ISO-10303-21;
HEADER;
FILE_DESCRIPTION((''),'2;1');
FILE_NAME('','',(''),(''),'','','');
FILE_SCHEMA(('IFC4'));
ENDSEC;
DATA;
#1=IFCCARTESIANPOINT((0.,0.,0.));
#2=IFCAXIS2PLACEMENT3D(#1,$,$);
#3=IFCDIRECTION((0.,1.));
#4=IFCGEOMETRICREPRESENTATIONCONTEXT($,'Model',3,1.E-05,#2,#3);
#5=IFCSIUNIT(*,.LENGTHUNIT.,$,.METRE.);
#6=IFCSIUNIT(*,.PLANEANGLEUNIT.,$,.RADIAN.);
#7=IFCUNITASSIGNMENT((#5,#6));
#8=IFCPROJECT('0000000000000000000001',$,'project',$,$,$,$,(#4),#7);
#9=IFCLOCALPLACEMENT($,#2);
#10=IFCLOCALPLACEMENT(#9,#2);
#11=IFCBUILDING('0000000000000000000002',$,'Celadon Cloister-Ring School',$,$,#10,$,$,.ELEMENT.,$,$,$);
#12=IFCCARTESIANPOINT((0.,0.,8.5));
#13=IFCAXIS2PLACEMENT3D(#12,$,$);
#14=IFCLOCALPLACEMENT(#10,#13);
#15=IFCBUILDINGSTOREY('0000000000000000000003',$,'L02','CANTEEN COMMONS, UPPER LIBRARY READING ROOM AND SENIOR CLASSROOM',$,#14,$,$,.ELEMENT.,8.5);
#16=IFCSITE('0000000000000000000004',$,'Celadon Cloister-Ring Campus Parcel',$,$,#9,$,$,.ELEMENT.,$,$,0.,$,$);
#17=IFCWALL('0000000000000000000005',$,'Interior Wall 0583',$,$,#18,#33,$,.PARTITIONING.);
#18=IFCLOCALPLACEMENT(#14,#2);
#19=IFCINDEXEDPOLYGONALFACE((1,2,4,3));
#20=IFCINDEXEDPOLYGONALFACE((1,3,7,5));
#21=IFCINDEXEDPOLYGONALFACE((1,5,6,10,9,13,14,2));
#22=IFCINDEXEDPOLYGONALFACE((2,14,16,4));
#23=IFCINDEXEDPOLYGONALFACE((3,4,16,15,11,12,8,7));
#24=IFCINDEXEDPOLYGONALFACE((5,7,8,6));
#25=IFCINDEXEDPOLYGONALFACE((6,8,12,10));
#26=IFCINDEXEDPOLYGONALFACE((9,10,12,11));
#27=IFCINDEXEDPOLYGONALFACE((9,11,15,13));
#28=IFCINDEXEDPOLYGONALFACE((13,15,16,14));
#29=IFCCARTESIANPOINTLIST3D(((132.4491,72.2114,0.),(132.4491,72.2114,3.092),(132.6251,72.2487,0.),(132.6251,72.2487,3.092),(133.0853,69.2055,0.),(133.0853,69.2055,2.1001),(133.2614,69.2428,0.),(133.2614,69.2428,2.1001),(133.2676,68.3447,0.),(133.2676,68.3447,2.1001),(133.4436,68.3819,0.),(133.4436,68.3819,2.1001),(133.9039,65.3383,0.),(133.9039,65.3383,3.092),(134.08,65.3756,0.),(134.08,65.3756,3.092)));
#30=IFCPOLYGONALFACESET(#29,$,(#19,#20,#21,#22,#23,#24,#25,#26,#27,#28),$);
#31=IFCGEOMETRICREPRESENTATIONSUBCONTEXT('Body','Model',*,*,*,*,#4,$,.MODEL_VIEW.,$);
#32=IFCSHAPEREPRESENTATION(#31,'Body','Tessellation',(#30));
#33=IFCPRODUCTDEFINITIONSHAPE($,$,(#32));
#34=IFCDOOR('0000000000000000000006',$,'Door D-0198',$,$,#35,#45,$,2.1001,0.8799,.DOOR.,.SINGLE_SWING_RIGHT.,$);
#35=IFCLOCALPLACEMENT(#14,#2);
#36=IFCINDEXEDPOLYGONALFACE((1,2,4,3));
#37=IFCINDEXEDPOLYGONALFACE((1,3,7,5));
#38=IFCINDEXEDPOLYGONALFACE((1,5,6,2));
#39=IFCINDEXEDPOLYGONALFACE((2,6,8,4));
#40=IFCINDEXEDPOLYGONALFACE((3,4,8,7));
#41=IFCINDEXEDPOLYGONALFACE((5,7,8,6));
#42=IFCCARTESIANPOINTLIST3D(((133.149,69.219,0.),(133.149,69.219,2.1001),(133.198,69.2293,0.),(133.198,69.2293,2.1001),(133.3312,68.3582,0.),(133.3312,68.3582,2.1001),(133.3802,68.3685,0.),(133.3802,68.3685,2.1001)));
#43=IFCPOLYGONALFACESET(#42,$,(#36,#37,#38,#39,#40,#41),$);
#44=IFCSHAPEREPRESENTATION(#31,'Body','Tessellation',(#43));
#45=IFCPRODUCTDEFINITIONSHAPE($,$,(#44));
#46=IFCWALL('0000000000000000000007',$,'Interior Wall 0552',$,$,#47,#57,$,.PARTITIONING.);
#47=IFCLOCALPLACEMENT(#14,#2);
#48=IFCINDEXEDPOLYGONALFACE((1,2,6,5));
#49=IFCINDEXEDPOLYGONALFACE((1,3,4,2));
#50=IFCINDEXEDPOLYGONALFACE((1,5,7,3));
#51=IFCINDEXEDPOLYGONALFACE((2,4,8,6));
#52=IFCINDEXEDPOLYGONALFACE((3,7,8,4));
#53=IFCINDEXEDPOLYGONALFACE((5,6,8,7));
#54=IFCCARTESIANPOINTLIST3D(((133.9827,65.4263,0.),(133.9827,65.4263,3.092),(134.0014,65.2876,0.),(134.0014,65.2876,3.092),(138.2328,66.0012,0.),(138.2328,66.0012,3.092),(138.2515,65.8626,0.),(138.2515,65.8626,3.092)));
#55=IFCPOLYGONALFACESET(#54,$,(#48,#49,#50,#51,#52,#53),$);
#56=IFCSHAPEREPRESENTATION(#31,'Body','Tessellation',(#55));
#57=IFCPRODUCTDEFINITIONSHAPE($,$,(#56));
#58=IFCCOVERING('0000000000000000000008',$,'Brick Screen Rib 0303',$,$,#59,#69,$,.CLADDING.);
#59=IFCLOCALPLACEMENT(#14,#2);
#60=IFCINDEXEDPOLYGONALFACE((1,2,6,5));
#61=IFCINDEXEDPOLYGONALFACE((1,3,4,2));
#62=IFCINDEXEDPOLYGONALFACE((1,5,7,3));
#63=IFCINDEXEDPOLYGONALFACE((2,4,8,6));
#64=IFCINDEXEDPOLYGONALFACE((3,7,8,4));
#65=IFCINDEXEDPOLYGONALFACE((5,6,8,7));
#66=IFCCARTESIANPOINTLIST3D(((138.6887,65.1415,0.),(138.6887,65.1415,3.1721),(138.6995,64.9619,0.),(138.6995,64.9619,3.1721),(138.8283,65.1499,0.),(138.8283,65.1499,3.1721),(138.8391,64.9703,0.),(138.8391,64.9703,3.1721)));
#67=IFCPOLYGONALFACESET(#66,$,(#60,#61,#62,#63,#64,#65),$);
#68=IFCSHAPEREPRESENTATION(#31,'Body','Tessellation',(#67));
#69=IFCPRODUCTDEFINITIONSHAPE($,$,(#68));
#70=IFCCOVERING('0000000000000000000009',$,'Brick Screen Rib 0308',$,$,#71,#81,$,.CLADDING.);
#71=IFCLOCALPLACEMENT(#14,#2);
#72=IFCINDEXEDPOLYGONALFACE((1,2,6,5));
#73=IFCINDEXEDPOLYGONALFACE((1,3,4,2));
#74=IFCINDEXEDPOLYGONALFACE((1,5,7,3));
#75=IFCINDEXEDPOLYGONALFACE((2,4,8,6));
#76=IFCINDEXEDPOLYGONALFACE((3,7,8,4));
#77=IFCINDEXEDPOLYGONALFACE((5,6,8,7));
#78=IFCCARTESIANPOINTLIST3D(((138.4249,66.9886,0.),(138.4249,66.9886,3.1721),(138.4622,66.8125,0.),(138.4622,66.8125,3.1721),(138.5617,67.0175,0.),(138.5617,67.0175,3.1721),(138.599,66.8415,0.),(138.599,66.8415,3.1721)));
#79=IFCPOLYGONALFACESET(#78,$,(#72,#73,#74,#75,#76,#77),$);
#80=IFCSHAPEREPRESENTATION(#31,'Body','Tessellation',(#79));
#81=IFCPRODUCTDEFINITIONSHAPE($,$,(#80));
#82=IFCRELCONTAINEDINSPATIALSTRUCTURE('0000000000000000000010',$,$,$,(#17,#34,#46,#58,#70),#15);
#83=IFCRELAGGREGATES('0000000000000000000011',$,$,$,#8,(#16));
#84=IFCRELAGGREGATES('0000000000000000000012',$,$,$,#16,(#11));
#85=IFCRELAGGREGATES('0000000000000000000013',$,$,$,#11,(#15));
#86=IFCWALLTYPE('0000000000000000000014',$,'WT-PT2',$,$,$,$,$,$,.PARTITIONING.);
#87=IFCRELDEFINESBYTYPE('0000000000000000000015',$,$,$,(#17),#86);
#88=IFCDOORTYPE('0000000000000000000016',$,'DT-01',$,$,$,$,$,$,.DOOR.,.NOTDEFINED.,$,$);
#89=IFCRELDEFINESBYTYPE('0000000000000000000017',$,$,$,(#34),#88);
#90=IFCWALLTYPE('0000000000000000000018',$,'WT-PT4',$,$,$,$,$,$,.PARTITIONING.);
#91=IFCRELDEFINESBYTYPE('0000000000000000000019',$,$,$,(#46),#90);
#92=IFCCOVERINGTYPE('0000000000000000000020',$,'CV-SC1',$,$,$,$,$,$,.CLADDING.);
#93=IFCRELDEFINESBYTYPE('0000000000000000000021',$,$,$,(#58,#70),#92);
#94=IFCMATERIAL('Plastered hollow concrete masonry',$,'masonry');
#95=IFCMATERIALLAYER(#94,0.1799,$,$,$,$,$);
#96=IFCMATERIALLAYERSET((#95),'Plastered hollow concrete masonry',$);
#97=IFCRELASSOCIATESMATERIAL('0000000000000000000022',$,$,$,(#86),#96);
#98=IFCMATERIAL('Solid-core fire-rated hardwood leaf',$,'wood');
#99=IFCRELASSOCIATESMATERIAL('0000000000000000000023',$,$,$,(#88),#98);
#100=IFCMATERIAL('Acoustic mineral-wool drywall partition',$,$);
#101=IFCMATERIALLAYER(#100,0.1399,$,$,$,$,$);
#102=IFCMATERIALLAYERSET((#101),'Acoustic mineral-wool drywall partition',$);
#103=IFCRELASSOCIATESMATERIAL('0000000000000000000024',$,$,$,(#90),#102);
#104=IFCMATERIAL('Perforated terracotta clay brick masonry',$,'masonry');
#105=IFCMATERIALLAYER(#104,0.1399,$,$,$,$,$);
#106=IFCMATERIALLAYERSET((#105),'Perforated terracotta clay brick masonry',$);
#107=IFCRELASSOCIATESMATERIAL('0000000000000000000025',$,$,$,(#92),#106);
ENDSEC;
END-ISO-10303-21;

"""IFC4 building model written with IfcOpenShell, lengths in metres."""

from ifc_helpers import new_model, si_unit, direction, frame, frame_2d, origin, origin_2d, place, context, subcontext, project, spatial, rectangle, extrude, material, layer, layer_set, type_object, element, fill, save


model = new_model("IFC4")

# Units and contexts
model_context = context("Model", 3, precision=1e-05, world=origin(), true_north=direction((0.0, 1.0)))
body_context = subcontext(model_context, "Body", "Model", "MODEL_VIEW")
ifc_project = project(units=[si_unit("LENGTHUNIT", "METRE"), si_unit("PLANEANGLEUNIT", "RADIAN")], contexts=[model_context])

# Site, building, storey
site_placement = place(None, origin())
site = spatial("IfcSite", under=ifc_project, at=site_placement, Name="Celadon Cloister-Ring Campus Parcel", CompositionType="ELEMENT", RefElevation=0.0)
building_placement = place(site_placement, origin())
building = spatial("IfcBuilding", under=site, at=building_placement, Name="Celadon Cloister-Ring School", CompositionType="ELEMENT")
storey_placement = place(building_placement, frame((0.0, 0.0, 8.5)))
storey = spatial("IfcBuildingStorey", under=building, at=storey_placement, Name="L02", Description="CANTEEN COMMONS, UPPER LIBRARY READING ROOM AND SENIOR CLASSROOM", CompositionType="ELEMENT", Elevation=8.5)

# Wall, opening, door
ifc_material_1 = material(Name="Plastered hollow concrete masonry", Category="masonry")
ifc_layer_1 = layer(ifc_material_1, 0.1799)
ifc_layer_set_1 = layer_set([ifc_layer_1], Name="Plastered hollow concrete masonry")
wall_type_1 = type_object("IfcWallType", Name="WT-PT2", PredefinedType="PARTITIONING", material=ifc_layer_set_1)
wall_1_placement = place(storey_placement, frame((133.9919, 65.3569, 0.0), z_axis=(0.0, 0.0, 1.0), x_axis=(-0.207084, 0.978323, 0.0)))
wall_1 = element("IfcWall", 1, at=wall_1_placement, inside=storey, type_object=wall_type_1, Name="Interior Wall 0583", PredefinedType="PARTITIONING", context=body_context, shape_type="SweptSolid", body=[
    extrude(rectangle(XDim=7.0254, YDim=0.1799, at=frame_2d((3.5127, 0.0))), origin(), (0.0, 0.0, 1.0), 3.092),
])
opening_1_placement = place(wall_1_placement, frame((3.073, 0.0, 0.0)))
opening_1 = element("IfcOpeningElement", 2, at=opening_1_placement, cuts=wall_1, PredefinedType="OPENING", context=body_context, shape_type="SweptSolid", body=[
    extrude(rectangle(XDim=0.8799, YDim=2.1001, at=frame_2d((0.4399, 1.05))), frame((0.0, 0.1001, 0.0), z_axis=(0.0, -1.0, 0.0), x_axis=(1.0, 0.0, 0.0)), (0.0, 0.0, 1.0), 0.2),
])
ifc_material_2 = material(Name="Solid-core fire-rated hardwood leaf", Category="wood")
door_type = type_object("IfcDoorType", Name="DT-01", OperationType="NOTDEFINED", PredefinedType="DOOR", material=ifc_material_2)
door_placement = place(opening_1_placement, origin())
door = element("IfcDoor", 3, at=door_placement, inside=storey, type_object=door_type, Name="Door D-0198", OperationType="SINGLE_SWING_RIGHT", OverallHeight=2.1001, OverallWidth=0.8799, PredefinedType="DOOR", context=body_context, shape_type="SweptSolid", body=[
    extrude(rectangle(XDim=0.8799, YDim=2.1001, at=frame_2d((0.4399, 1.05))), frame((0.0, 0.0249, 0.0), z_axis=(0.0, -1.0, 0.0), x_axis=(1.0, 0.0, 0.0)), (0.0, 0.0, 1.0), 0.05),
])
fill(opening_1, door)

# Wall
ifc_material_3 = material(Name="Acoustic mineral-wool drywall partition")
ifc_layer_2 = layer(ifc_material_3, 0.1399)
ifc_layer_set_2 = layer_set([ifc_layer_2], Name="Acoustic mineral-wool drywall partition")
wall_type_2 = type_object("IfcWallType", Name="WT-PT4", PredefinedType="PARTITIONING", material=ifc_layer_set_2)
wall_2_placement = place(storey_placement, frame((133.9919, 65.3569, 0.0), z_axis=(0.0, 0.0, 1.0), x_axis=(0.990973, 0.134061, 0.0)))
element("IfcWall", 4, at=wall_2_placement, inside=storey, type_object=wall_type_2, Name="Interior Wall 0552", PredefinedType="PARTITIONING", context=body_context, shape_type="SweptSolid", body=[
    extrude(rectangle(XDim=4.2888, YDim=0.1399, at=frame_2d((2.1445, 0.0))), origin(), (0.0, 0.0, 1.0), 3.092),
])

# Coverings
ifc_material_4 = material(Name="Perforated terracotta clay brick masonry", Category="masonry")
ifc_layer_3 = layer(ifc_material_4, 0.1399)
ifc_layer_set_3 = layer_set([ifc_layer_3], Name="Perforated terracotta clay brick masonry")
covering_type = type_object("IfcCoveringType", Name="CV-SC1", PredefinedType="CLADDING", material=ifc_layer_set_3)
for number, where, z_axis, x_axis, name in (
    (5, (138.7639, 65.0559, 0.0), (0.0, 0.0, 1.0), (0.060143, -0.99819, 0.0), "Brick Screen Rib 0303"),
    (6, (138.512, 66.915, 0.0), (0.0, 0.0, 1.0), (0.207263, -0.978285, 0.0), "Brick Screen Rib 0308"),
):
    element("IfcCovering", number, at=place(storey_placement, frame(where, z_axis=z_axis, x_axis=x_axis)), inside=storey, type_object=covering_type, Name=name, PredefinedType="CLADDING", context=body_context, shape_type="SweptSolid", body=[
        extrude(rectangle(XDim=0.1799, YDim=0.1399, at=origin_2d()), origin(), (0.0, 0.0, 1.0), 3.1721),
    ])

save(model, "model.ifc")
